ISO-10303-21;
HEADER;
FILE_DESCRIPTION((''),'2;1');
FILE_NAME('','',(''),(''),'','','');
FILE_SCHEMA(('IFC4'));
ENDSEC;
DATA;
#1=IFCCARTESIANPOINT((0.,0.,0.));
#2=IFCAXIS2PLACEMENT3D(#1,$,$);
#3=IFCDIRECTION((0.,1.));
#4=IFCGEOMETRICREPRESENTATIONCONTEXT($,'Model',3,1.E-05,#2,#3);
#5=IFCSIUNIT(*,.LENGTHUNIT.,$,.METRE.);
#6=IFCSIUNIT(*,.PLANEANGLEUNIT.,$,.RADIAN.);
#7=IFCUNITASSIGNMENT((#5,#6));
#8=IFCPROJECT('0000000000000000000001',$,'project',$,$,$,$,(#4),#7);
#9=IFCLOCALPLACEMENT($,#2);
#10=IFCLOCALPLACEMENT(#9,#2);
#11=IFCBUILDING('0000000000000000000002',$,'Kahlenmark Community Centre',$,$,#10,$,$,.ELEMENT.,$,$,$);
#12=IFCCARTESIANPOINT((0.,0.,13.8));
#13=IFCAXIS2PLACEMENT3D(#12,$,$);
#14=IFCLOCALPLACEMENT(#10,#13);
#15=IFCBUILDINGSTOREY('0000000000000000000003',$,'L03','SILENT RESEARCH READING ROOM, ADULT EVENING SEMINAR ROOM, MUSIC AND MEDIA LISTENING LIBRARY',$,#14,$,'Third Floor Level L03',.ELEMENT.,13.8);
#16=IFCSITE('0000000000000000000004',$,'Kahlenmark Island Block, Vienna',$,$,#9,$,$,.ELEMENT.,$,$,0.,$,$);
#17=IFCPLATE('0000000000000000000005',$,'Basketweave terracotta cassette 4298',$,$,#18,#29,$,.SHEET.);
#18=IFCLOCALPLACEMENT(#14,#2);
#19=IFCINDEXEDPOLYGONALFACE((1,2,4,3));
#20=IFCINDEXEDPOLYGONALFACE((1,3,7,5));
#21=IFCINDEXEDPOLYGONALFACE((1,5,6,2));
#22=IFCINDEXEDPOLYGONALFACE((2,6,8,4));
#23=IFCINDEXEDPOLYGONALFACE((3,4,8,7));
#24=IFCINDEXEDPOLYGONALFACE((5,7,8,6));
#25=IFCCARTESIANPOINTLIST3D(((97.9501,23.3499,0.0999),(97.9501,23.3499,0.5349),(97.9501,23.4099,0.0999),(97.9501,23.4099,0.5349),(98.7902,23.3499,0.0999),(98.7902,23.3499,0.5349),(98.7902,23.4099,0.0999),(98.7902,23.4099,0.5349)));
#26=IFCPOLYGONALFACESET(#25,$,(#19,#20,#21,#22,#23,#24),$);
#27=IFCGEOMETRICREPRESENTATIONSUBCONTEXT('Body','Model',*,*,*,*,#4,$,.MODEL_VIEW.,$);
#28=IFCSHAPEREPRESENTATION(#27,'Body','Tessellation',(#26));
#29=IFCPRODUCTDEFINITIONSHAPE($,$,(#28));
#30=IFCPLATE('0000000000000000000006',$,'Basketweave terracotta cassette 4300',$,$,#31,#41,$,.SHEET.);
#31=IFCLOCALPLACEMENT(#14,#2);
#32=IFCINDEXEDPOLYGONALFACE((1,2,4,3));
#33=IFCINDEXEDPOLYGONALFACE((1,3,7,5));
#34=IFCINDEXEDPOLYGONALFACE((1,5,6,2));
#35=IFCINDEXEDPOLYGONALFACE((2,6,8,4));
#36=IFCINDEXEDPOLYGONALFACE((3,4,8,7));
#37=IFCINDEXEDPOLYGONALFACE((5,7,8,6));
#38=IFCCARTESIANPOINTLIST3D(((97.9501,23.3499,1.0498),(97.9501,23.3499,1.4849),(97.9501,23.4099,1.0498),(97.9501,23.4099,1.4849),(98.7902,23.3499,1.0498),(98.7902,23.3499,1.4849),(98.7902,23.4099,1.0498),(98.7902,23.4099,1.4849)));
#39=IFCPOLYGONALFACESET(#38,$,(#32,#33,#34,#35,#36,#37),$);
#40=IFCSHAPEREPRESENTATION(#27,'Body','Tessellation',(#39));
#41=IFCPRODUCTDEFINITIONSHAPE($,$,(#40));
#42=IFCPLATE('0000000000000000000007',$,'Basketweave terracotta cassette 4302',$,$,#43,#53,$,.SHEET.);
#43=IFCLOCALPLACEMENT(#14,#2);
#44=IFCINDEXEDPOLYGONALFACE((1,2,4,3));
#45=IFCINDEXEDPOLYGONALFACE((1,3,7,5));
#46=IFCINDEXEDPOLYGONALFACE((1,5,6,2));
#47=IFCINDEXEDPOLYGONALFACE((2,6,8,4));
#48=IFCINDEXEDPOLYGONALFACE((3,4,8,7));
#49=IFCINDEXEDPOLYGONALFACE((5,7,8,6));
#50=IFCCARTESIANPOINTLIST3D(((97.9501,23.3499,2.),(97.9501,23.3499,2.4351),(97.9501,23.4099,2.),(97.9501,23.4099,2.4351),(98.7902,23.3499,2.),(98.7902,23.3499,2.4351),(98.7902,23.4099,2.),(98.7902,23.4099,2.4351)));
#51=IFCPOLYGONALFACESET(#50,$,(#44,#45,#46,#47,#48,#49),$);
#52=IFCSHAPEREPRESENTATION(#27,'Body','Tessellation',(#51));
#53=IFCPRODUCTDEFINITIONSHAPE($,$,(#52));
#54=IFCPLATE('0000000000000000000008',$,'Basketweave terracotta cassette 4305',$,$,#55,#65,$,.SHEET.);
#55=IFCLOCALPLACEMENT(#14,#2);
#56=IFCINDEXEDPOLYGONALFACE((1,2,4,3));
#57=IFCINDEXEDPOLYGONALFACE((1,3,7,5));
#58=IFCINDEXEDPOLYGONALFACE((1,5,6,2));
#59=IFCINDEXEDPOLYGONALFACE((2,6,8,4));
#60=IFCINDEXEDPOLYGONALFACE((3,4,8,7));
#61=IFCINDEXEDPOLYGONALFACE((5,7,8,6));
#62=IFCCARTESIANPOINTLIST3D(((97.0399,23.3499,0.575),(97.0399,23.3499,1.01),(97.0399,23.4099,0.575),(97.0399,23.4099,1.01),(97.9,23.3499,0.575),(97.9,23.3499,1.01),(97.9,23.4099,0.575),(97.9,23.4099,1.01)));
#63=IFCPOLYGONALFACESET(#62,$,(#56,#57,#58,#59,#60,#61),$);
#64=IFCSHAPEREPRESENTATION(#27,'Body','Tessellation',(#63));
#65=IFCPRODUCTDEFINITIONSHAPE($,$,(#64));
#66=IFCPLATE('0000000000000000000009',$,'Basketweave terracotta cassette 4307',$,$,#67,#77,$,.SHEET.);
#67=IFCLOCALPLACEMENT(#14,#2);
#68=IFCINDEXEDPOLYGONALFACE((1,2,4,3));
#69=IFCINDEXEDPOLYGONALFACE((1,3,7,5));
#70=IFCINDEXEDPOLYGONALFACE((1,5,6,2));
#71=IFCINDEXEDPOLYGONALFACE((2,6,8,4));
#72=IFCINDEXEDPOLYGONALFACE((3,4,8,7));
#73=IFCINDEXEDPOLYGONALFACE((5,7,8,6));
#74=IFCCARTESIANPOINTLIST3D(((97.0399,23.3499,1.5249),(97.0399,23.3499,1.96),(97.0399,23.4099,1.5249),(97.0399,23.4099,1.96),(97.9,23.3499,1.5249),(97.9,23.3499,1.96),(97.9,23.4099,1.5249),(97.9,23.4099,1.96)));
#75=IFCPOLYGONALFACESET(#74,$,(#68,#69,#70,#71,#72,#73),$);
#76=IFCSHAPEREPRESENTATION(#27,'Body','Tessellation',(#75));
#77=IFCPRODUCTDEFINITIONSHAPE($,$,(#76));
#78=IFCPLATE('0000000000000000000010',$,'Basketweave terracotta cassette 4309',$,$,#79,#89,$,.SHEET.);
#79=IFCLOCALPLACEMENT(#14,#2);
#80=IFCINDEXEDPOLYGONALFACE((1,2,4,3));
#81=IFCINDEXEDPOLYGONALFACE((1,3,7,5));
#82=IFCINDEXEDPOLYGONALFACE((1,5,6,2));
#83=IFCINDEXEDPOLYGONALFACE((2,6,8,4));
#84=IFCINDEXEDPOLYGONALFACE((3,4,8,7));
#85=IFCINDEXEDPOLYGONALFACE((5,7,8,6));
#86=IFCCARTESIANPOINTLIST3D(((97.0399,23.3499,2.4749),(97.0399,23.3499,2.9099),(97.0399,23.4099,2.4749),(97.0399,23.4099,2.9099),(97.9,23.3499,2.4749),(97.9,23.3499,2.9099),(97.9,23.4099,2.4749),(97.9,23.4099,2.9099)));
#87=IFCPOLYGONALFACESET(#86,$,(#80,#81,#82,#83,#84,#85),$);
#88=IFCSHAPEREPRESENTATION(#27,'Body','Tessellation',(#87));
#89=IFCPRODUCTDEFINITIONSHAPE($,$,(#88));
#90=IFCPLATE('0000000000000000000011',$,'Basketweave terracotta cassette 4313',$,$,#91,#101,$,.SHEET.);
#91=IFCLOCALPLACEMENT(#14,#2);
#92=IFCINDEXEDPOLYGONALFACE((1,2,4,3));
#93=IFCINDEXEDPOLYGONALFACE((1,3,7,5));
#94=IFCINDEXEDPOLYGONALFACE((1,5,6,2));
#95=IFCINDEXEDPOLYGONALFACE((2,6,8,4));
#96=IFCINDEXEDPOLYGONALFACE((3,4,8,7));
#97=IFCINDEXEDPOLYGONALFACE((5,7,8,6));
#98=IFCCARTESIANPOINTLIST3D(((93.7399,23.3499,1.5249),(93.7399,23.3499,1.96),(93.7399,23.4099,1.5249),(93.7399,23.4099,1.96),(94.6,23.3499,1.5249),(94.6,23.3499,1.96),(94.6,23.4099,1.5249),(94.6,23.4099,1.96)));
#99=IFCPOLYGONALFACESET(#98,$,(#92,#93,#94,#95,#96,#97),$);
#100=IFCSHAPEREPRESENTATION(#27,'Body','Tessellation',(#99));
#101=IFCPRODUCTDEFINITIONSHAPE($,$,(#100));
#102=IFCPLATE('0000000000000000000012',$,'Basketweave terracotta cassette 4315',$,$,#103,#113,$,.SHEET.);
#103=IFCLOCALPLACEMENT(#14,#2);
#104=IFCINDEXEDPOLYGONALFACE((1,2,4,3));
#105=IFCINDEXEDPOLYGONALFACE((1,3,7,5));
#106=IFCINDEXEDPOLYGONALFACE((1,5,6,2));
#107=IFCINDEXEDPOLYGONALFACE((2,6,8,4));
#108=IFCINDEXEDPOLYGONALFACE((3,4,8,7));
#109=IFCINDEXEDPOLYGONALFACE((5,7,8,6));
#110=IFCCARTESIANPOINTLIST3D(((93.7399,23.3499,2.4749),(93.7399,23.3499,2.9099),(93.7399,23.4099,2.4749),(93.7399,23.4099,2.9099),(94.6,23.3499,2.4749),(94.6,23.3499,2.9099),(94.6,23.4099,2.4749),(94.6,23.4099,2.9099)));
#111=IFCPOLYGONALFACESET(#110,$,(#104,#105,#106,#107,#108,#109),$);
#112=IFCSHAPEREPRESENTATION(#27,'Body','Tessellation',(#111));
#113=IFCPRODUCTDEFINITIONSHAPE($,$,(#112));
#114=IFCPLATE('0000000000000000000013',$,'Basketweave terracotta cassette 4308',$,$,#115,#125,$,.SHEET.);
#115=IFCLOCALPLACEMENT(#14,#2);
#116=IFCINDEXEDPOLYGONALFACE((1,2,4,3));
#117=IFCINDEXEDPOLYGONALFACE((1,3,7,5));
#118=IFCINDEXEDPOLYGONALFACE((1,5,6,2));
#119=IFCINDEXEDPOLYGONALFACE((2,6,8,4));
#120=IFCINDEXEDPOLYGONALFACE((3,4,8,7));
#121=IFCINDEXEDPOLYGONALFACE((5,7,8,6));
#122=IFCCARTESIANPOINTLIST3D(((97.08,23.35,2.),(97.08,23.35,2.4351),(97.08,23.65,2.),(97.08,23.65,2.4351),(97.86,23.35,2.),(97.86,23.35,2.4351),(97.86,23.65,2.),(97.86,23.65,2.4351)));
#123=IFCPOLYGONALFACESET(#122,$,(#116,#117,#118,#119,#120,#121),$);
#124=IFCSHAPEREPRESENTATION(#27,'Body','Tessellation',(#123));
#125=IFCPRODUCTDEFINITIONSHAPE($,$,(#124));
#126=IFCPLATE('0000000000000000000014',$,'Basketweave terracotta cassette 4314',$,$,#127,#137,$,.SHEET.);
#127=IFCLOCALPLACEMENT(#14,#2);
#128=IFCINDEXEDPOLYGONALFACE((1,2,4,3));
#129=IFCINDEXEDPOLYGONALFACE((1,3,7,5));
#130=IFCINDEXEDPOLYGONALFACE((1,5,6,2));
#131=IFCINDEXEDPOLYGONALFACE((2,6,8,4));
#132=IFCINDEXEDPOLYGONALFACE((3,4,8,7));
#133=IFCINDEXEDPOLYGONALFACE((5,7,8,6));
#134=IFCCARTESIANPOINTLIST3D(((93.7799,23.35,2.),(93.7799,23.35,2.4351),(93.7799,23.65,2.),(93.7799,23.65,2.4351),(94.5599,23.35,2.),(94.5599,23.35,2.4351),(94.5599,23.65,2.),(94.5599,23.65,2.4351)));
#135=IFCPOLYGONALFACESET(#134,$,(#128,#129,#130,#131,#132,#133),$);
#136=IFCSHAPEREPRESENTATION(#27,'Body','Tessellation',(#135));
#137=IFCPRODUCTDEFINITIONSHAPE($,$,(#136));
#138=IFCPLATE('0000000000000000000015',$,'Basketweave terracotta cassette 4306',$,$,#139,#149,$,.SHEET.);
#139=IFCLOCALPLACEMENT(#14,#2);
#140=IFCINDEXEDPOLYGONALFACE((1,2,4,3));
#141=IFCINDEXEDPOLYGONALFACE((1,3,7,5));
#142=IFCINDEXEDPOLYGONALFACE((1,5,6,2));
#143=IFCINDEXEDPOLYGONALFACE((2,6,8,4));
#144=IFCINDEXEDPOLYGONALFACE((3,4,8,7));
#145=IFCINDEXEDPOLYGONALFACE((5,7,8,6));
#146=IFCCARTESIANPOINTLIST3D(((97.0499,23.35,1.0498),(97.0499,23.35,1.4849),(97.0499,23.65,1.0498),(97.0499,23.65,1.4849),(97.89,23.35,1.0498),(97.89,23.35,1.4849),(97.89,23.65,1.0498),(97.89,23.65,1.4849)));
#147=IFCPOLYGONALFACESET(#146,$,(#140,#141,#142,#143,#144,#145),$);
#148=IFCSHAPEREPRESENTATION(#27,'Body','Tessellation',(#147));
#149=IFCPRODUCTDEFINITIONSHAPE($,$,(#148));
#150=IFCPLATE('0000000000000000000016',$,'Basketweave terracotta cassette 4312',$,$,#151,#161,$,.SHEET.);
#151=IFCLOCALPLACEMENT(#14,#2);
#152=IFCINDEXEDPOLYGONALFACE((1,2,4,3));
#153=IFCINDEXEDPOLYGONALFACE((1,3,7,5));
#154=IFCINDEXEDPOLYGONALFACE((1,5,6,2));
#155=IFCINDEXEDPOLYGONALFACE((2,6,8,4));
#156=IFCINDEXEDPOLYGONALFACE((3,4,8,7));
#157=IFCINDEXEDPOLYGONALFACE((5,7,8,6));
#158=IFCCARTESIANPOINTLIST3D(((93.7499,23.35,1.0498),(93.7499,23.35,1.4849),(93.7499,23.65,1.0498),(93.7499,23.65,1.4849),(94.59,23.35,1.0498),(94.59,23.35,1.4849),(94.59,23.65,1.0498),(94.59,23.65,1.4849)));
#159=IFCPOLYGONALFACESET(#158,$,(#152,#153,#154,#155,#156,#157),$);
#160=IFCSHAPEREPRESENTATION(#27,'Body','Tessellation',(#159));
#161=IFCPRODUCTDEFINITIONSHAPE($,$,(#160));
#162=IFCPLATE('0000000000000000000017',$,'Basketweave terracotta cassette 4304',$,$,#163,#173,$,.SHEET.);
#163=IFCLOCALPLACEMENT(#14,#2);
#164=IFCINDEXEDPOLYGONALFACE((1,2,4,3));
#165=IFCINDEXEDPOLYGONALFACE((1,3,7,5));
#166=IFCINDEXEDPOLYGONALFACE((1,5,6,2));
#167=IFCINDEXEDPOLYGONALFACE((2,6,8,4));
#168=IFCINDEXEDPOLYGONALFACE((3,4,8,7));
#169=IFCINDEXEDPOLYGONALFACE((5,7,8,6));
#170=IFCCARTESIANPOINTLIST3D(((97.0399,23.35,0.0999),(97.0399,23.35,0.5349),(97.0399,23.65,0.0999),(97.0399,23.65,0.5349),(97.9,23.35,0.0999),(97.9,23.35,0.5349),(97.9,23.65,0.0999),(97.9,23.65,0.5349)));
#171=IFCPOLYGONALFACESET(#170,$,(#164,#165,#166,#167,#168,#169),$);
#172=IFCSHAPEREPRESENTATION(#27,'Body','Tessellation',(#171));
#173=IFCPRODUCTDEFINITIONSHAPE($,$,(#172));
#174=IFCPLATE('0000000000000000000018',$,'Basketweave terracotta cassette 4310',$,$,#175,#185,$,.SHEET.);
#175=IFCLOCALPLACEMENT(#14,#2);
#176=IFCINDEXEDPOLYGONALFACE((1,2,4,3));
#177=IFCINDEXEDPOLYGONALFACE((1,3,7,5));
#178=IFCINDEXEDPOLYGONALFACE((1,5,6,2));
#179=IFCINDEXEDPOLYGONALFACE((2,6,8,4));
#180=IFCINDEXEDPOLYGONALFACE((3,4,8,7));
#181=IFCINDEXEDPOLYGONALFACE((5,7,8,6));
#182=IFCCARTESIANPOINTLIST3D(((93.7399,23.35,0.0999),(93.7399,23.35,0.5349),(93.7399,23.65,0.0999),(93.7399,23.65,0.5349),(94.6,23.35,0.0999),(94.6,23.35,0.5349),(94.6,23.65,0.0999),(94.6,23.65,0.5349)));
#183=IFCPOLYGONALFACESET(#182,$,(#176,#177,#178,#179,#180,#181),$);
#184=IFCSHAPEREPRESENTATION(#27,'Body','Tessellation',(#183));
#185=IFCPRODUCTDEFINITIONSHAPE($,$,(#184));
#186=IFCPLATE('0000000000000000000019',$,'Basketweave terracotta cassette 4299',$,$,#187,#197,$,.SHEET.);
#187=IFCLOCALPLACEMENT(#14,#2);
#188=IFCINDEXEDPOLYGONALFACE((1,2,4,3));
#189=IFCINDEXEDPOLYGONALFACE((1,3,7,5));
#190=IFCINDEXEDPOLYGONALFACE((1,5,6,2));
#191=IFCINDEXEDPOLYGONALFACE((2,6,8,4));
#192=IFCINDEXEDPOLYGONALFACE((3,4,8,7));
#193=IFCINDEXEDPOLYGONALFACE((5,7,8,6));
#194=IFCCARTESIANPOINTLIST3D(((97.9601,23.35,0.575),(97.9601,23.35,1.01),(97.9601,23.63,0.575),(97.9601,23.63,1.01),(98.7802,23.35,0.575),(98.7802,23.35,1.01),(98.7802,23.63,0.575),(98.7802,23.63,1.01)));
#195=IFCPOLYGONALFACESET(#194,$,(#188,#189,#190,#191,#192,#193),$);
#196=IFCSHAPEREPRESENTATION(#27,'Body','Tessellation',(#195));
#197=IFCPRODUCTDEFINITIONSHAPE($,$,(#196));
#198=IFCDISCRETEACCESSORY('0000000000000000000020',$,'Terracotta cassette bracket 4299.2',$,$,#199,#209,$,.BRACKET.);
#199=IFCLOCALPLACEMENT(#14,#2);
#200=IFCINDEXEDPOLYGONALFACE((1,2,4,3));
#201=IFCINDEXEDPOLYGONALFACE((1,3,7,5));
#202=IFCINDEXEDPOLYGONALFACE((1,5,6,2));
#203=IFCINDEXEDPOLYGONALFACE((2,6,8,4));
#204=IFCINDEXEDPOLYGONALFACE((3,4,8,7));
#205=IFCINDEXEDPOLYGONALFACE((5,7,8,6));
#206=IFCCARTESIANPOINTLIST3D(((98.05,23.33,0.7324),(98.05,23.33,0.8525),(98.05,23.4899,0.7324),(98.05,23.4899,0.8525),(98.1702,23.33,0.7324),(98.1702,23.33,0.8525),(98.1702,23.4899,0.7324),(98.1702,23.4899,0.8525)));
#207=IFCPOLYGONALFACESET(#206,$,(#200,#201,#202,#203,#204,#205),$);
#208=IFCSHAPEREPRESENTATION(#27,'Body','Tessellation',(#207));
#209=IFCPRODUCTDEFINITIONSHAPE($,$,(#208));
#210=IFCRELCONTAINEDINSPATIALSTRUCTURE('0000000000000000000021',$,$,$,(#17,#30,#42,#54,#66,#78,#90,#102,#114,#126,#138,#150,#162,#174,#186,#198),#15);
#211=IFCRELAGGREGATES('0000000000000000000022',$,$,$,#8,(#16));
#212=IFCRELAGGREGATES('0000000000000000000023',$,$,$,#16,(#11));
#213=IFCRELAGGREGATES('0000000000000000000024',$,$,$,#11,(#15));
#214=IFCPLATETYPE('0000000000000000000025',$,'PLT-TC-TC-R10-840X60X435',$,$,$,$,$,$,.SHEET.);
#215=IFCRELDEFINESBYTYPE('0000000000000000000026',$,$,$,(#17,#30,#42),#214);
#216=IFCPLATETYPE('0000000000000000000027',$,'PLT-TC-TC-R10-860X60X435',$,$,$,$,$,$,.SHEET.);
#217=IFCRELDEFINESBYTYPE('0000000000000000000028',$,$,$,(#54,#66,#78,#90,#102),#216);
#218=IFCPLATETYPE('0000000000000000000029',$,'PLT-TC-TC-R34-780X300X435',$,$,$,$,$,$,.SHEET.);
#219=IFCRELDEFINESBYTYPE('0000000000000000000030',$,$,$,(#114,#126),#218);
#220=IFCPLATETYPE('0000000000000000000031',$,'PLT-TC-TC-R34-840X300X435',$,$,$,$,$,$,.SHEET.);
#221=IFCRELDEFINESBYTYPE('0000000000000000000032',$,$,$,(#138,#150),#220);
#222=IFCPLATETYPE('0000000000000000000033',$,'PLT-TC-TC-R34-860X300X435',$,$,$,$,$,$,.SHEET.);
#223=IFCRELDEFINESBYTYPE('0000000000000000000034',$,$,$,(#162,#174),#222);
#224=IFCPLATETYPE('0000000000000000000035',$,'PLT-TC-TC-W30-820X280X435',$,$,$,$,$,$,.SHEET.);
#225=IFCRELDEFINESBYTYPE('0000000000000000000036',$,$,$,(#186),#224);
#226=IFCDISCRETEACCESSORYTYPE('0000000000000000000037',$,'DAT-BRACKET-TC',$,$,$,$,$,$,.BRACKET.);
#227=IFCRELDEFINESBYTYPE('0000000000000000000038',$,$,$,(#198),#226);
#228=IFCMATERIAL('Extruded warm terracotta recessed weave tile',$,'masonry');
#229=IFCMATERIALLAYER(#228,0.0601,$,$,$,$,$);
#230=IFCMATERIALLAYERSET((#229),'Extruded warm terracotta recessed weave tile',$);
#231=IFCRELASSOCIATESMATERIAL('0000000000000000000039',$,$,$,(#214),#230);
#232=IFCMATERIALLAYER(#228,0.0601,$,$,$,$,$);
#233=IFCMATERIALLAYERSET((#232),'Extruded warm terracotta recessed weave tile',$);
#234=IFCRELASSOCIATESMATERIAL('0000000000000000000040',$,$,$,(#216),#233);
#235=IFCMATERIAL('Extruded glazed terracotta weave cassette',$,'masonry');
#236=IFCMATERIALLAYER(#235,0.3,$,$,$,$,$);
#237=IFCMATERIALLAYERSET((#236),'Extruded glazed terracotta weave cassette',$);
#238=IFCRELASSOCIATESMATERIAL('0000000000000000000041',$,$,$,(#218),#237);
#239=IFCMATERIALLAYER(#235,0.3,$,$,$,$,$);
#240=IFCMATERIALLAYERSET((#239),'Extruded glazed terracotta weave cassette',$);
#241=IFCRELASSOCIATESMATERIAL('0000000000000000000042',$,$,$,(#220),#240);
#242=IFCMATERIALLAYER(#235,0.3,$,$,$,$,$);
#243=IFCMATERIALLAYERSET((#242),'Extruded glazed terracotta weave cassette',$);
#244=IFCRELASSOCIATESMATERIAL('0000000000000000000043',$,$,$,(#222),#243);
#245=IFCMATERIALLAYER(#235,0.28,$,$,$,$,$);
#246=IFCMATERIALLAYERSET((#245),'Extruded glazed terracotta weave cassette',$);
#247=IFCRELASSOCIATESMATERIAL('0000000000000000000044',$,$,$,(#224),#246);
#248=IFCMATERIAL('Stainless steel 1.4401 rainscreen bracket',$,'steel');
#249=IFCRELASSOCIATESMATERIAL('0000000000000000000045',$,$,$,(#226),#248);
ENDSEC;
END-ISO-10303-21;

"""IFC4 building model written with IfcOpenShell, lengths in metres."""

from ifc_helpers import new_model, si_unit, direction, frame, origin, origin_2d, place, context, subcontext, project, spatial, rectangle, extrude, material, layer, layer_set, type_object, element, save


model = new_model("IFC4")

# Units and contexts
model_context = context("Model", 3, precision=1e-05, world=origin(), true_north=direction((0.0, 1.0)))
body_context = subcontext(model_context, "Body", "Model", "MODEL_VIEW")
ifc_project = project(units=[si_unit("LENGTHUNIT", "METRE"), si_unit("PLANEANGLEUNIT", "RADIAN")], contexts=[model_context])

# Site, building, storey
site_placement = place(None, origin())
site = spatial("IfcSite", under=ifc_project, at=site_placement, Name="Kahlenmark Island Block, Vienna", CompositionType="ELEMENT", RefElevation=0.0)
building_placement = place(site_placement, origin())
building = spatial("IfcBuilding", under=site, at=building_placement, Name="Kahlenmark Community Centre", CompositionType="ELEMENT")
storey_placement = place(building_placement, frame((0.0, 0.0, 13.8)))
storey = spatial("IfcBuildingStorey", under=building, at=storey_placement, Name="L03", Description="SILENT RESEARCH READING ROOM, ADULT EVENING SEMINAR ROOM, MUSIC AND MEDIA LISTENING LIBRARY", LongName="Third Floor Level L03", CompositionType="ELEMENT", Elevation=13.8)

# Plates
ifc_material_1 = material(Name="Extruded warm terracotta recessed weave tile", Category="masonry")
ifc_layer_1 = layer(ifc_material_1, 0.0601)
ifc_layer_set_1 = layer_set([ifc_layer_1], Name="Extruded warm terracotta recessed weave tile")
plate_type_1 = type_object("IfcPlateType", Name="PLT-TC-TC-R10-840X60X435", PredefinedType="SHEET", material=ifc_layer_set_1)
for number, where, z_axis, x_axis, name in (
    (1, (98.3701, 23.3799, 0.0999), (0.0, 0.0, 1.0), (-1.0, 0.0, 0.0), "Basketweave terracotta cassette 4298"),
    (2, (98.3701, 23.3799, 1.0498), (0.0, 0.0, 1.0), (-1.0, 0.0, 0.0), "Basketweave terracotta cassette 4300"),
    (3, (98.3701, 23.3799, 2.0), (0.0, 0.0, 1.0), (-1.0, 0.0, 0.0), "Basketweave terracotta cassette 4302"),
):
    element("IfcPlate", number, at=place(storey_placement, frame(where, z_axis=z_axis, x_axis=x_axis)), inside=storey, type_object=plate_type_1, Name=name, PredefinedType="SHEET", context=body_context, shape_type="SweptSolid", body=[
        extrude(rectangle(XDim=0.8401, YDim=0.0601, at=origin_2d()), origin(), (0.0, 0.0, 1.0), 0.4351),
    ])
ifc_layer_2 = layer(ifc_material_1, 0.0601)
ifc_layer_set_2 = layer_set([ifc_layer_2], Name="Extruded warm terracotta recessed weave tile")
plate_type_2 = type_object("IfcPlateType", Name="PLT-TC-TC-R10-860X60X435", PredefinedType="SHEET", material=ifc_layer_set_2)
for number, where, z_axis, x_axis, name in (
    (4, (97.47, 23.3799, 0.575), (0.0, 0.0, 1.0), (-1.0, 0.0, 0.0), "Basketweave terracotta cassette 4305"),
    (5, (97.47, 23.3799, 1.5249), (0.0, 0.0, 1.0), (-1.0, 0.0, 0.0), "Basketweave terracotta cassette 4307"),
    (6, (97.47, 23.3799, 2.4749), (0.0, 0.0, 1.0), (-1.0, 0.0, 0.0), "Basketweave terracotta cassette 4309"),
    (7, (94.1699, 23.3799, 1.5249), (0.0, 0.0, 1.0), (-1.0, 0.0, 0.0), "Basketweave terracotta cassette 4313"),
    (8, (94.1699, 23.3799, 2.4749), (0.0, 0.0, 1.0), (-1.0, 0.0, 0.0), "Basketweave terracotta cassette 4315"),
):
    element("IfcPlate", number, at=place(storey_placement, frame(where, z_axis=z_axis, x_axis=x_axis)), inside=storey, type_object=plate_type_2, Name=name, PredefinedType="SHEET", context=body_context, shape_type="SweptSolid", body=[
        extrude(rectangle(XDim=0.8601, YDim=0.0601, at=origin_2d()), origin(), (0.0, 0.0, 1.0), 0.4351),
    ])
ifc_material_2 = material(Name="Extruded glazed terracotta weave cassette", Category="masonry")
ifc_layer_3 = layer(ifc_material_2, 0.3)
ifc_layer_set_3 = layer_set([ifc_layer_3], Name="Extruded glazed terracotta weave cassette")
plate_type_3 = type_object("IfcPlateType", Name="PLT-TC-TC-R34-780X300X435", PredefinedType="SHEET", material=ifc_layer_set_3)
for number, where, z_axis, x_axis, name in (
    (9, (97.47, 23.5, 2.0), (0.0, 0.0, 1.0), (-1.0, 0.0, 0.0), "Basketweave terracotta cassette 4308"),
    (10, (94.1699, 23.5, 2.0), (0.0, 0.0, 1.0), (-1.0, 0.0, 0.0), "Basketweave terracotta cassette 4314"),
):
    element("IfcPlate", number, at=place(storey_placement, frame(where, z_axis=z_axis, x_axis=x_axis)), inside=storey, type_object=plate_type_3, Name=name, PredefinedType="SHEET", context=body_context, shape_type="SweptSolid", body=[
        extrude(rectangle(XDim=0.78, YDim=0.3, at=origin_2d()), origin(), (0.0, 0.0, 1.0), 0.4351),
    ])
ifc_layer_4 = layer(ifc_material_2, 0.3)
ifc_layer_set_4 = layer_set([ifc_layer_4], Name="Extruded glazed terracotta weave cassette")
plate_type_4 = type_object("IfcPlateType", Name="PLT-TC-TC-R34-840X300X435", PredefinedType="SHEET", material=ifc_layer_set_4)
for number, where, z_axis, x_axis, name in (
    (11, (97.47, 23.5, 1.0498), (0.0, 0.0, 1.0), (-1.0, 0.0, 0.0), "Basketweave terracotta cassette 4306"),
    (12, (94.1699, 23.5, 1.0498), (0.0, 0.0, 1.0), (-1.0, 0.0, 0.0), "Basketweave terracotta cassette 4312"),
):
    element("IfcPlate", number, at=place(storey_placement, frame(where, z_axis=z_axis, x_axis=x_axis)), inside=storey, type_object=plate_type_4, Name=name, PredefinedType="SHEET", context=body_context, shape_type="SweptSolid", body=[
        extrude(rectangle(XDim=0.8401, YDim=0.3, at=origin_2d()), origin(), (0.0, 0.0, 1.0), 0.4351),
    ])
ifc_layer_5 = layer(ifc_material_2, 0.3)
ifc_layer_set_5 = layer_set([ifc_layer_5], Name="Extruded glazed terracotta weave cassette")
plate_type_5 = type_object("IfcPlateType", Name="PLT-TC-TC-R34-860X300X435", PredefinedType="SHEET", material=ifc_layer_set_5)
for number, where, z_axis, x_axis, name in (
    (13, (97.47, 23.5, 0.0999), (0.0, 0.0, 1.0), (-1.0, 0.0, 0.0), "Basketweave terracotta cassette 4304"),
    (14, (94.1699, 23.5, 0.0999), (0.0, 0.0, 1.0), (-1.0, 0.0, 0.0), "Basketweave terracotta cassette 4310"),
):
    element("IfcPlate", number, at=place(storey_placement, frame(where, z_axis=z_axis, x_axis=x_axis)), inside=storey, type_object=plate_type_5, Name=name, PredefinedType="SHEET", context=body_context, shape_type="SweptSolid", body=[
        extrude(rectangle(XDim=0.8601, YDim=0.3, at=origin_2d()), origin(), (0.0, 0.0, 1.0), 0.4351),
    ])
ifc_layer_6 = layer(ifc_material_2, 0.28)
ifc_layer_set_6 = layer_set([ifc_layer_6], Name="Extruded glazed terracotta weave cassette")
plate_type_6 = type_object("IfcPlateType", Name="PLT-TC-TC-W30-820X280X435", PredefinedType="SHEET", material=ifc_layer_set_6)
plate_placement = place(storey_placement, frame((98.3701, 23.49, 0.575), z_axis=(0.0, 0.0, 1.0), x_axis=(-1.0, 0.0, 0.0)))
element("IfcPlate", 15, at=plate_placement, inside=storey, type_object=plate_type_6, Name="Basketweave terracotta cassette 4299", PredefinedType="SHEET", context=body_context, shape_type="SweptSolid", body=[
    extrude(rectangle(XDim=0.8201, YDim=0.28, at=origin_2d()), origin(), (0.0, 0.0, 1.0), 0.4351),
])

# Discrete accessory
ifc_material_3 = material(Name="Stainless steel 1.4401 rainscreen bracket", Category="steel")
discrete_accessory_type = type_object("IfcDiscreteAccessoryType", Name="DAT-BRACKET-TC", PredefinedType="BRACKET", material=ifc_material_3)
for number, where, z_axis, x_axis, name in (
    (16, (98.1101, 23.4099, 0.7324), (0.0, 0.0, 1.0), (-1.0, 0.0, 0.0), "Terracotta cassette bracket 4299.2"),
):
    element("IfcDiscreteAccessory", number, at=place(storey_placement, frame(where, z_axis=z_axis, x_axis=x_axis)), inside=storey, type_object=discrete_accessory_type, Name=name, PredefinedType="BRACKET", context=body_context, shape_type="SweptSolid", body=[
        extrude(rectangle(XDim=0.1201, YDim=0.1599, at=origin_2d()), origin(), (0.0, 0.0, 1.0), 0.1201),
    ])

save(model, "model.ifc")
